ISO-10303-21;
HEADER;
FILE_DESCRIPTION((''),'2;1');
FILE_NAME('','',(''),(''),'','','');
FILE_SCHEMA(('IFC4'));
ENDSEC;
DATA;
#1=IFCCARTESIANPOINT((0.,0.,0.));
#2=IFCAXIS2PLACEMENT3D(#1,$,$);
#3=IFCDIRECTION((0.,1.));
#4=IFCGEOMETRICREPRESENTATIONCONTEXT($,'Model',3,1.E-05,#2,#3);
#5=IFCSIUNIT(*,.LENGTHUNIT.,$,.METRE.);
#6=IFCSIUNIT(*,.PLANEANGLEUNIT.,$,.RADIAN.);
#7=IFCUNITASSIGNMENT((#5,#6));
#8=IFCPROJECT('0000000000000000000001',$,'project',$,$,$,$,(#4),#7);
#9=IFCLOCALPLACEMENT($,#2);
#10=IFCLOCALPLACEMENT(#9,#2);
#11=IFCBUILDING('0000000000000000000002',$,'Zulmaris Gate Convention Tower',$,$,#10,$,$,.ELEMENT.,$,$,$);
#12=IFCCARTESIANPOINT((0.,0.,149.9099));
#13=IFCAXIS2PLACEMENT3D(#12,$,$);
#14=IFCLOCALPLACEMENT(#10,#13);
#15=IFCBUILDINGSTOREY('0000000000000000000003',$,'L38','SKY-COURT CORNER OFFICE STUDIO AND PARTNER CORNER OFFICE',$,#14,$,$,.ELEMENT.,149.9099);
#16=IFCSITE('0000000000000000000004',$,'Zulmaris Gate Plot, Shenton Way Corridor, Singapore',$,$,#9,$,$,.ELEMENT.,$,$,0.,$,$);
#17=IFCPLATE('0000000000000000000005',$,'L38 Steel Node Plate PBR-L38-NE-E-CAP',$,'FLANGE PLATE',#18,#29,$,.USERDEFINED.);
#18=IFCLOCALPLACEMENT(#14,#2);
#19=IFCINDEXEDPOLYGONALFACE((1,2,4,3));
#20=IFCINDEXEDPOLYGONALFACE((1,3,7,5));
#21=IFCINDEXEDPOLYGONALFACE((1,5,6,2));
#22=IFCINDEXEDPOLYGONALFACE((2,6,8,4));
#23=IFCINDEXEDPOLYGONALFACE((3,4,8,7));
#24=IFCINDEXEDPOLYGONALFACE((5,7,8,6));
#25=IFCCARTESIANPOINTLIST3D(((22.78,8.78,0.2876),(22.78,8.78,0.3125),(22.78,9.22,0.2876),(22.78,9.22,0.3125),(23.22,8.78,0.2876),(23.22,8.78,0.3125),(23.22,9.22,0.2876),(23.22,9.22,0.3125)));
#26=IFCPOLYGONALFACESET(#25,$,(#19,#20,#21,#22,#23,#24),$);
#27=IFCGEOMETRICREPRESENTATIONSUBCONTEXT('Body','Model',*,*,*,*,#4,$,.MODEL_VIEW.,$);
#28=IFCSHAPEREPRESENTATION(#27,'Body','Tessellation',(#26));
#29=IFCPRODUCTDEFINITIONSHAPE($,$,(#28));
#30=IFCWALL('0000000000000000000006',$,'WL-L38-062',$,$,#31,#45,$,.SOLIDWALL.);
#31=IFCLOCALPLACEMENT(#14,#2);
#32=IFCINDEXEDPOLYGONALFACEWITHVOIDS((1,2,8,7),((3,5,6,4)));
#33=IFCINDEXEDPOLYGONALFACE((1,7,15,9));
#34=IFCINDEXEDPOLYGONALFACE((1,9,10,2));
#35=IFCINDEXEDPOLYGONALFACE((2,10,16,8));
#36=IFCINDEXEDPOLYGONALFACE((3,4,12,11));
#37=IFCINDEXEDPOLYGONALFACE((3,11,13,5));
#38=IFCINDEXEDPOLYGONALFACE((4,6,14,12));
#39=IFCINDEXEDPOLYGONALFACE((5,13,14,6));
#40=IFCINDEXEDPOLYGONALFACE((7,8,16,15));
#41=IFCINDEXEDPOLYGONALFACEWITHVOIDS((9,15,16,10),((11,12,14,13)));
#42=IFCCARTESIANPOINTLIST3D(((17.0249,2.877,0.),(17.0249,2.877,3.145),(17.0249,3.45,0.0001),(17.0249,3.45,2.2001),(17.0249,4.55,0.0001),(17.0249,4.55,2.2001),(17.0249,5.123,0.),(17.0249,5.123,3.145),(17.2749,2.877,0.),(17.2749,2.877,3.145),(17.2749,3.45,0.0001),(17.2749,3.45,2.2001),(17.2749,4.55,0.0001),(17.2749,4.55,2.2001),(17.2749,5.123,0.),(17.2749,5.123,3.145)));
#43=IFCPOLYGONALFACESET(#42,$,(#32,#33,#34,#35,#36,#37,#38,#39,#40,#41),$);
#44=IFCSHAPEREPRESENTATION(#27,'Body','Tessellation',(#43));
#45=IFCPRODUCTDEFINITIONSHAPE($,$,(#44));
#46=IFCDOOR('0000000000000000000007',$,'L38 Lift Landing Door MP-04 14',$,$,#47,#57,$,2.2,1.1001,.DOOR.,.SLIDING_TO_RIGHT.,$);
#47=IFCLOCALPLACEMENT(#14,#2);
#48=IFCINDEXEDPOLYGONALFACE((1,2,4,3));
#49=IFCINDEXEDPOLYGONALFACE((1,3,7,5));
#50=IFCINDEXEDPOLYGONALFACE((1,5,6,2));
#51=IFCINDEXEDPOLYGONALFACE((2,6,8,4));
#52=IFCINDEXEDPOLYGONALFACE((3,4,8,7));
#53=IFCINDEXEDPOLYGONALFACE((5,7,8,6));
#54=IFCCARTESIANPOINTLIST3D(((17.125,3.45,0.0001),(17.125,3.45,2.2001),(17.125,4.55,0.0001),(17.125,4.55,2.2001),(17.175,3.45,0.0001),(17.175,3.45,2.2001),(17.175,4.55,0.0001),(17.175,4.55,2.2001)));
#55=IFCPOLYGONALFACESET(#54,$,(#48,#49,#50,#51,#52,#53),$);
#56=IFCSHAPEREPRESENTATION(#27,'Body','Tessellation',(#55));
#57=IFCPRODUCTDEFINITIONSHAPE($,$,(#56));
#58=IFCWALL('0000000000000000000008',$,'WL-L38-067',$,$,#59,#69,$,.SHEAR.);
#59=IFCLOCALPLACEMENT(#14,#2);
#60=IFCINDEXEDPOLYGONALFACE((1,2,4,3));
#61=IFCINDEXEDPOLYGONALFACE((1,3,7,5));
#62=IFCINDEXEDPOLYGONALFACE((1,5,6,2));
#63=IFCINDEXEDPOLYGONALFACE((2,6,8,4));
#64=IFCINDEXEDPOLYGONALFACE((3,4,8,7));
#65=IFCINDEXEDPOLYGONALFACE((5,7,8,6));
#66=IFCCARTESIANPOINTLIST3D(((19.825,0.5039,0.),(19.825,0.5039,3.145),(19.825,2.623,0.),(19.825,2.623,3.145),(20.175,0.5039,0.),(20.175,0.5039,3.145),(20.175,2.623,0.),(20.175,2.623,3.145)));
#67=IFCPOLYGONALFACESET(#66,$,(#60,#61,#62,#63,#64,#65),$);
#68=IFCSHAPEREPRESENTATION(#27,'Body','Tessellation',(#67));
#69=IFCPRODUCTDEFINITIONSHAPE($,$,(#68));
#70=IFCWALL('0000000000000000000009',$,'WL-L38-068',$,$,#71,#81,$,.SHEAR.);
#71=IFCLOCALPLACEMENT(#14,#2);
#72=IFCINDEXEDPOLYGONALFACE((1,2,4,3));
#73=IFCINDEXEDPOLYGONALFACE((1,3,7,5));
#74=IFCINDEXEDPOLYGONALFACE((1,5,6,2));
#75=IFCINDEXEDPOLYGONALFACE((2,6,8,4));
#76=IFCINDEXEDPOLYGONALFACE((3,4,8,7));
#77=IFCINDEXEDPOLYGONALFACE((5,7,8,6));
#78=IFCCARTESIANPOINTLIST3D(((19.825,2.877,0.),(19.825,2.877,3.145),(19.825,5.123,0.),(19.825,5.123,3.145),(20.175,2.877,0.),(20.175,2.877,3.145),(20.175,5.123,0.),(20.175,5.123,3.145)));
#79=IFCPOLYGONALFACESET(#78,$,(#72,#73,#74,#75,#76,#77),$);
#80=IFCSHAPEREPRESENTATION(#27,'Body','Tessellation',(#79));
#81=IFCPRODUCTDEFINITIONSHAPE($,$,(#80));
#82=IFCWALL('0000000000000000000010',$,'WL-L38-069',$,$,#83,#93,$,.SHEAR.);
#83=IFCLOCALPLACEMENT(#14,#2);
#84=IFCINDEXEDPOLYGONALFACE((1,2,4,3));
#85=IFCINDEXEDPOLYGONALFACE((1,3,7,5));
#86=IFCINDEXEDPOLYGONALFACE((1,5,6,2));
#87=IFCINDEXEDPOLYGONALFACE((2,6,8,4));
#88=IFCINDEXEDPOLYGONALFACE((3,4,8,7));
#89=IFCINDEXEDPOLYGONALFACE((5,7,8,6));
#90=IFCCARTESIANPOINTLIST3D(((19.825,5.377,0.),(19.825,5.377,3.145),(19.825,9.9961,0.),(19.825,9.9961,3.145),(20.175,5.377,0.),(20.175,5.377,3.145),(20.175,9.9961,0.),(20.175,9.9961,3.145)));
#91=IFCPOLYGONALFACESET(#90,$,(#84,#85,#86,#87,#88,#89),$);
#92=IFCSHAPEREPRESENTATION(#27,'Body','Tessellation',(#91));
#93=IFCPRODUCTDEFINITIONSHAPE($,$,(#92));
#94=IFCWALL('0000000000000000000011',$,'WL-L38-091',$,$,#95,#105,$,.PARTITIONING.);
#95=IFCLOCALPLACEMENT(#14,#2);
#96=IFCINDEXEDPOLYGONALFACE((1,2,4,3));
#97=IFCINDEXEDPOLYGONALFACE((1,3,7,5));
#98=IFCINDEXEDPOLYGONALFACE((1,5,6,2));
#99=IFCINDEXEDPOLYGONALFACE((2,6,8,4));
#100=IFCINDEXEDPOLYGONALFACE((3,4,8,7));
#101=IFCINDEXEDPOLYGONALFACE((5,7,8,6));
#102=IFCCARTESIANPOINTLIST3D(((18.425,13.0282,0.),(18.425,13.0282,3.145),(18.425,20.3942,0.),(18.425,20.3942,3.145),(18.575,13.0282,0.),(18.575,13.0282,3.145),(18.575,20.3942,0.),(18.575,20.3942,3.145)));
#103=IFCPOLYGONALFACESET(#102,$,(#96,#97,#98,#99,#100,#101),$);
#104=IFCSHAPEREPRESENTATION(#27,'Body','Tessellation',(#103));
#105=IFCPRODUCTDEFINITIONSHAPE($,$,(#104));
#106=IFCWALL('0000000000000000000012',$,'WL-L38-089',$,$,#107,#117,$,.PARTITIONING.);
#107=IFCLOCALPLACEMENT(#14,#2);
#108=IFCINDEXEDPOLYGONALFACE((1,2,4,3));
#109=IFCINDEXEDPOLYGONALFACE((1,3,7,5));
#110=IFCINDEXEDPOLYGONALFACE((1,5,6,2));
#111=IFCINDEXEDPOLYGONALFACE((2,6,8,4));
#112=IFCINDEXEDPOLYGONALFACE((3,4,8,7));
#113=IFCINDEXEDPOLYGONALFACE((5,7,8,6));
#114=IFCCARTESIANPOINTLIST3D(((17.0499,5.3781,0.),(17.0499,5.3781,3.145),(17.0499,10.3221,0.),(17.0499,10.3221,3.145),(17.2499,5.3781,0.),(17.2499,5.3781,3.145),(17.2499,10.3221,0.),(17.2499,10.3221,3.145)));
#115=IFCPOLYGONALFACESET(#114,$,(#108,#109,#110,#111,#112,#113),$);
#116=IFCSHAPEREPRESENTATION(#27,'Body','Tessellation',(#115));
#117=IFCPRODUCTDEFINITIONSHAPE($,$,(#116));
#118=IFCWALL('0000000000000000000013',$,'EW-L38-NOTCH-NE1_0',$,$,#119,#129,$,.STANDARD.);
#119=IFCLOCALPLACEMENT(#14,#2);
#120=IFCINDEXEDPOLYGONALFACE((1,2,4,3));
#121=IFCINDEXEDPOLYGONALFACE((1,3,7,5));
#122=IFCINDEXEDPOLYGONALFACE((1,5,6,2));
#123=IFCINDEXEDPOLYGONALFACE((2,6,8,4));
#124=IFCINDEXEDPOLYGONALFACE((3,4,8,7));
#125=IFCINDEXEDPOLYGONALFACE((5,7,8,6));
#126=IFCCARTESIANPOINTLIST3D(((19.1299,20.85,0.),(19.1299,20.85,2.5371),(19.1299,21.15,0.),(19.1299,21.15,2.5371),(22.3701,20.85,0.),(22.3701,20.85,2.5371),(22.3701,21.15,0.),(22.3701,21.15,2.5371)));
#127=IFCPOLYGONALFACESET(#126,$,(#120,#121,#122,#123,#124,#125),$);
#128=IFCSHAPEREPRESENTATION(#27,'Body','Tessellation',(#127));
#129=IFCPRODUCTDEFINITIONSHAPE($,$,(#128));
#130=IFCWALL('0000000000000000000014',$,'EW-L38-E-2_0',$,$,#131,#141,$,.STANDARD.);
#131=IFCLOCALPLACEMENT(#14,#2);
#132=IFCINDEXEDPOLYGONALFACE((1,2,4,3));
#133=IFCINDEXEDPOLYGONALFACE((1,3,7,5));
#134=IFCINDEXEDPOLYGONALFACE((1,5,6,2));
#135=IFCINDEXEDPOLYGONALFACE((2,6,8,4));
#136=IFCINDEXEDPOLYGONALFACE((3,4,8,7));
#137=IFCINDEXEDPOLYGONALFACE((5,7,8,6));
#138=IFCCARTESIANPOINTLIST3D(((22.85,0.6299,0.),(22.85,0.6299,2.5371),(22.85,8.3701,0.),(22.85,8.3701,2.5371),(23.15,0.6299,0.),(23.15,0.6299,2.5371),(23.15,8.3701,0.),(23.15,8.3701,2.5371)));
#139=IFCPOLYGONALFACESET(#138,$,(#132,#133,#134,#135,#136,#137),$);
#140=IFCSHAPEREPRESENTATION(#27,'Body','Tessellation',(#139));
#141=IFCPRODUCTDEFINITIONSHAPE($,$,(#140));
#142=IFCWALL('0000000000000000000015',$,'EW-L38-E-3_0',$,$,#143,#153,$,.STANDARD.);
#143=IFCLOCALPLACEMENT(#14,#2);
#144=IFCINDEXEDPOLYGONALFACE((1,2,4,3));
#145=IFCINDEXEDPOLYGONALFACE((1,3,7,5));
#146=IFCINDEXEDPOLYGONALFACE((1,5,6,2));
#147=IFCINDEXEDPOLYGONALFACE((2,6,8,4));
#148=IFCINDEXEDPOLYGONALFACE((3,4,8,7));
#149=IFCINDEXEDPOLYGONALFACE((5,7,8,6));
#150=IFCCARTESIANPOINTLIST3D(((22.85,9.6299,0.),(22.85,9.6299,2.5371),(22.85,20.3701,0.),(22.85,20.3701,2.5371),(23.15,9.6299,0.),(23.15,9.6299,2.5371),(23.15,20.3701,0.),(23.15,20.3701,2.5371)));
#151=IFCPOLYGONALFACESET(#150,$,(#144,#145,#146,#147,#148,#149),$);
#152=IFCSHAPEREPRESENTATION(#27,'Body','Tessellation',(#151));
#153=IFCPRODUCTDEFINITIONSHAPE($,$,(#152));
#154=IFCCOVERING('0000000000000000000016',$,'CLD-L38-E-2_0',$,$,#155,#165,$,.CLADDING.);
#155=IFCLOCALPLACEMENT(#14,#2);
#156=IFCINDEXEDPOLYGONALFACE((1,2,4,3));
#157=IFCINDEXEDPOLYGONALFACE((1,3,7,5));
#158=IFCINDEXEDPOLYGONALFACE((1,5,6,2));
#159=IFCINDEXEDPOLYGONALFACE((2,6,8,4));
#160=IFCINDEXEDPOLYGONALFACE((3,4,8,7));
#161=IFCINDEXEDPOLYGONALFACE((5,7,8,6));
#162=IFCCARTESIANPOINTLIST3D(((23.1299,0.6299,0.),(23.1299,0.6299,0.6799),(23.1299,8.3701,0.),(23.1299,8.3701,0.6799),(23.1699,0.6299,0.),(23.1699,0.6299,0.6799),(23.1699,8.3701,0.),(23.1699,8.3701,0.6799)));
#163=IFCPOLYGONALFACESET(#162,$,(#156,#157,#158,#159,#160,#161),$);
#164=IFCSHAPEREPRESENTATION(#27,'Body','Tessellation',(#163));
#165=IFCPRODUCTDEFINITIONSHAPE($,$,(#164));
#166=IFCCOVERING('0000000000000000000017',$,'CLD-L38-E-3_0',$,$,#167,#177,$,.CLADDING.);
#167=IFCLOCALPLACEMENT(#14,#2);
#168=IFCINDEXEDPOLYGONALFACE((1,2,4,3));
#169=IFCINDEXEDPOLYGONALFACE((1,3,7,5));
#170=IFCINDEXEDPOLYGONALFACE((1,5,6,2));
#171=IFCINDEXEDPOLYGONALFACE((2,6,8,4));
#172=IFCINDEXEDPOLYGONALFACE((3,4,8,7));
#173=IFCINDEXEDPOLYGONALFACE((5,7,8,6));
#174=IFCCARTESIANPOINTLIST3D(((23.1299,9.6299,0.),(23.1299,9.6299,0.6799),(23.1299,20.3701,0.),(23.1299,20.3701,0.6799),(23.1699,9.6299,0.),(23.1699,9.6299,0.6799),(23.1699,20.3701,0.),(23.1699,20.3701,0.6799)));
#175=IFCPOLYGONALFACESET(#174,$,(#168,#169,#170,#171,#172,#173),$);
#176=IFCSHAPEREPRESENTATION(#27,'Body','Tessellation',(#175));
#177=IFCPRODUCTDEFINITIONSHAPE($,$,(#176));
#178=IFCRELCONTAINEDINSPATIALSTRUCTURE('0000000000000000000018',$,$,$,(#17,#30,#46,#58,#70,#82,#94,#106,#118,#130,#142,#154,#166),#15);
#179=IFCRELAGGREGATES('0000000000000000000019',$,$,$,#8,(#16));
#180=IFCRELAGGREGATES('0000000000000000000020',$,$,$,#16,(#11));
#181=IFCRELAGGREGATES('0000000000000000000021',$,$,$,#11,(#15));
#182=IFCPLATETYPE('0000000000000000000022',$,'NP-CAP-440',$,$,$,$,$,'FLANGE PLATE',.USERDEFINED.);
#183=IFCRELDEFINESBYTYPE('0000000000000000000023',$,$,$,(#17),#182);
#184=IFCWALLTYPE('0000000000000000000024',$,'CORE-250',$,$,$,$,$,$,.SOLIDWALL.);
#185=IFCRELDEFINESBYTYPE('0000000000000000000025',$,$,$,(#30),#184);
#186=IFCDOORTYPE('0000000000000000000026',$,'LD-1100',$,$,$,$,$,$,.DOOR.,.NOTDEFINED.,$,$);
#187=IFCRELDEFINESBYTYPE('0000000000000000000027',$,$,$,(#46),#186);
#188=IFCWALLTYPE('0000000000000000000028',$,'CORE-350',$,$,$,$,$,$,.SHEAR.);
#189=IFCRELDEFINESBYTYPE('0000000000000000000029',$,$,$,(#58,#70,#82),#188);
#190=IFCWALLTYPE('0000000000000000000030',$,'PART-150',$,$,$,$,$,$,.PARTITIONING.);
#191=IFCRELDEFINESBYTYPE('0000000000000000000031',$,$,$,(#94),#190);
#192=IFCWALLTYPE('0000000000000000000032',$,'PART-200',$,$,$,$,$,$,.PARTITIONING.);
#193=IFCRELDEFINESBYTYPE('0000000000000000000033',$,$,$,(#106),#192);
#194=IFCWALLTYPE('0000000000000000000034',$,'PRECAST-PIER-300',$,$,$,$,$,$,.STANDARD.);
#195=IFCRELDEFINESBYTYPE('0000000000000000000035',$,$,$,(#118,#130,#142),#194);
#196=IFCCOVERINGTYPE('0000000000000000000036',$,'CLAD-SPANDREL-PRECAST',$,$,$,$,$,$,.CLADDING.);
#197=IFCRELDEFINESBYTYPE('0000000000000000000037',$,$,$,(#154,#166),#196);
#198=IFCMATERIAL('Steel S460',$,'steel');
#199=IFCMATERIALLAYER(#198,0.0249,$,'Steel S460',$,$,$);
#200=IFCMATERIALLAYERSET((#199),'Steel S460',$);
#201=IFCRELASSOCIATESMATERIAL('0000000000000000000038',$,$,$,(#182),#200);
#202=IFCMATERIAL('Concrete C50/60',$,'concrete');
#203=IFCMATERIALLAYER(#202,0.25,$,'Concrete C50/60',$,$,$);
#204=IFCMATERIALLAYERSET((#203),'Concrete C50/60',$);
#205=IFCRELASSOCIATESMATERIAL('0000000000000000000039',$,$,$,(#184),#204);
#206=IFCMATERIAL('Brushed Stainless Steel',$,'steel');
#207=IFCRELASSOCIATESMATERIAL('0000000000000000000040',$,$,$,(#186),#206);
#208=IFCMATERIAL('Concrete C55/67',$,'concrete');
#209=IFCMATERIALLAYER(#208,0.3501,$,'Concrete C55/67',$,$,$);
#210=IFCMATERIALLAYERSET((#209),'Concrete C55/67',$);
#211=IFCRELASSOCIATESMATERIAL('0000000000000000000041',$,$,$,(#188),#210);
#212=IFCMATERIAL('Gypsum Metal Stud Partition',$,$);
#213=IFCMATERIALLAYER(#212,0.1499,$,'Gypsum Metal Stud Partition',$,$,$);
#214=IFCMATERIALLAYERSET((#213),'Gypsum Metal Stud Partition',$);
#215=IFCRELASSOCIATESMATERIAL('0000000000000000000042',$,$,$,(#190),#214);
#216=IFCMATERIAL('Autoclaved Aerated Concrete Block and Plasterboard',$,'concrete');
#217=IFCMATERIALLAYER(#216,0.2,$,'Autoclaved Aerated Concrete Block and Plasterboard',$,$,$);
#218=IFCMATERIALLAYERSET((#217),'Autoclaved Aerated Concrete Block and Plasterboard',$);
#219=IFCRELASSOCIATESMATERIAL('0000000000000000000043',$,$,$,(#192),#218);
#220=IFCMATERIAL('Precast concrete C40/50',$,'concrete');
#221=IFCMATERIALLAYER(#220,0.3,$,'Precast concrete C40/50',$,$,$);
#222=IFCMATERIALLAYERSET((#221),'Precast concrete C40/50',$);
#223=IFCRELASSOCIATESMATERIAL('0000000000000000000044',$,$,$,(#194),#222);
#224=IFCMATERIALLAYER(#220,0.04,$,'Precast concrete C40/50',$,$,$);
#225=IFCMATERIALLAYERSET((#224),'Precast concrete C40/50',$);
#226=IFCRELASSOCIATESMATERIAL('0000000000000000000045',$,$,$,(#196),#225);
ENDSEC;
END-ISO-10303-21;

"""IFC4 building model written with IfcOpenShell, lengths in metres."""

from ifc_helpers import new_model, si_unit, direction, frame, frame_2d, origin, origin_2d, place, context, subcontext, project, spatial, rectangle, extrude, material, layer, layer_set, type_object, element, fill, save


model = new_model("IFC4")

# Units and contexts
model_context = context("Model", 3, precision=1e-05, world=origin(), true_north=direction((0.0, 1.0)))
body_context = subcontext(model_context, "Body", "Model", "MODEL_VIEW")
ifc_project = project(units=[si_unit("LENGTHUNIT", "METRE"), si_unit("PLANEANGLEUNIT", "RADIAN")], contexts=[model_context])

# Site, building, storey
site_placement = place(None, origin())
site = spatial("IfcSite", under=ifc_project, at=site_placement, Name="Zulmaris Gate Plot, Shenton Way Corridor, Singapore", CompositionType="ELEMENT", RefElevation=0.0)
building_placement = place(site_placement, origin())
building = spatial("IfcBuilding", under=site, at=building_placement, Name="Zulmaris Gate Convention Tower", CompositionType="ELEMENT")
storey_placement = place(building_placement, frame((0.0, 0.0, 149.9099)))
storey = spatial("IfcBuildingStorey", under=building, at=storey_placement, Name="L38", Description="SKY-COURT CORNER OFFICE STUDIO AND PARTNER CORNER OFFICE", CompositionType="ELEMENT", Elevation=149.9099)

# Shared definitions
ifc_material_1 = material(Name="Steel S460", Category="steel")

# Plate
ifc_layer_1 = layer(ifc_material_1, 0.0249, Name="Steel S460")
ifc_layer_set_1 = layer_set([ifc_layer_1], Name="Steel S460")
plate_type = type_object("IfcPlateType", Name="NP-CAP-440", ElementType="FLANGE PLATE", PredefinedType="USERDEFINED", material=ifc_layer_set_1)
plate_placement = place(storey_placement, frame((23.0, 9.0, 0.2876), z_axis=(0.0, 0.0, 1.0), x_axis=(1.0, 0.0, 0.0)))
element("IfcPlate", 1, at=plate_placement, inside=storey, type_object=plate_type, Name="L38 Steel Node Plate PBR-L38-NE-E-CAP", ObjectType="FLANGE PLATE", PredefinedType="USERDEFINED", context=body_context, shape_type="SweptSolid", body=[
    extrude(rectangle(XDim=0.4399, YDim=0.4399, at=origin_2d()), origin(), (0.0, 0.0, 1.0), 0.0249),
])

# Wall, opening, door
ifc_material_2 = material(Name="Concrete C50/60", Category="concrete")
ifc_layer_2 = layer(ifc_material_2, 0.25, Name="Concrete C50/60")
ifc_layer_set_2 = layer_set([ifc_layer_2], Name="Concrete C50/60")
wall_type_1 = type_object("IfcWallType", Name="CORE-250", PredefinedType="SOLIDWALL", material=ifc_layer_set_2)
wall_1_placement = place(storey_placement, frame((17.1499, 2.877, 0.0), z_axis=(0.0, 0.0, 1.0), x_axis=(0.0, 1.0, 0.0)))
wall_1 = element("IfcWall", 2, at=wall_1_placement, inside=storey, type_object=wall_type_1, Name="WL-L38-062", PredefinedType="SOLIDWALL", context=body_context, shape_type="SweptSolid", body=[
    extrude(rectangle(XDim=2.2461, YDim=0.25, at=frame_2d((1.123, 0.0))), origin(), (0.0, 0.0, 1.0), 3.145),
])
opening_1_placement = place(wall_1_placement, frame((0.573, 0.0, 0.0)))
opening_1 = element("IfcOpeningElement", 3, at=opening_1_placement, cuts=wall_1, PredefinedType="OPENING", context=body_context, shape_type="SweptSolid", body=[
    extrude(rectangle(XDim=1.1001, YDim=2.2, at=frame_2d((0.55, 1.1001))), frame((0.0, 0.135, 0.0), z_axis=(0.0, -1.0, 0.0), x_axis=(1.0, 0.0, 0.0)), (0.0, 0.0, 1.0), 0.27),
])
ifc_material_3 = material(Name="Brushed Stainless Steel", Category="steel")
door_type_1 = type_object("IfcDoorType", Name="LD-1100", OperationType="NOTDEFINED", PredefinedType="DOOR", material=ifc_material_3)
door_1_placement = place(opening_1_placement, origin())
door_1 = element("IfcDoor", 4, at=door_1_placement, inside=storey, type_object=door_type_1, Name="L38 Lift Landing Door MP-04 14", OperationType="SLIDING_TO_RIGHT", OverallHeight=2.2, OverallWidth=1.1001, PredefinedType="DOOR", context=body_context, shape_type="SweptSolid", body=[
    extrude(rectangle(XDim=1.1001, YDim=2.2, at=frame_2d((0.55, 1.1001))), frame((0.0, 0.0249, 0.0), z_axis=(0.0, -1.0, 0.0), x_axis=(1.0, 0.0, 0.0)), (0.0, 0.0, 1.0), 0.05),
])
fill(opening_1, door_1)

# Walls
ifc_material_4 = material(Name="Concrete C55/67", Category="concrete")
ifc_layer_3 = layer(ifc_material_4, 0.3501, Name="Concrete C55/67")
ifc_layer_set_3 = layer_set([ifc_layer_3], Name="Concrete C55/67")
wall_type_2 = type_object("IfcWallType", Name="CORE-350", PredefinedType="SHEAR", material=ifc_layer_set_3)
wall_2_placement = place(storey_placement, frame((20.0, 0.5039, 0.0), z_axis=(0.0, 0.0, 1.0), x_axis=(0.0, 1.0, 0.0)))
element("IfcWall", 5, at=wall_2_placement, inside=storey, type_object=wall_type_2, Name="WL-L38-067", PredefinedType="SHEAR", context=body_context, shape_type="SweptSolid", body=[
    extrude(rectangle(XDim=2.1191, YDim=0.3501, at=frame_2d((1.0596, 0.0))), origin(), (0.0, 0.0, 1.0), 3.145),
])
wall_3_placement = place(storey_placement, frame((20.0, 2.877, 0.0), z_axis=(0.0, 0.0, 1.0), x_axis=(0.0, 1.0, 0.0)))
element("IfcWall", 6, at=wall_3_placement, inside=storey, type_object=wall_type_2, Name="WL-L38-068", PredefinedType="SHEAR", context=body_context, shape_type="SweptSolid", body=[
    extrude(rectangle(XDim=2.2461, YDim=0.3501, at=frame_2d((1.123, 0.0))), origin(), (0.0, 0.0, 1.0), 3.145),
])
wall_4_placement = place(storey_placement, frame((20.0, 5.377, 0.0), z_axis=(0.0, 0.0, 1.0), x_axis=(0.0, 1.0, 0.0)))
element("IfcWall", 7, at=wall_4_placement, inside=storey, type_object=wall_type_2, Name="WL-L38-069", PredefinedType="SHEAR", context=body_context, shape_type="SweptSolid", body=[
    extrude(rectangle(XDim=4.6191, YDim=0.3501, at=frame_2d((2.3096, 0.0))), origin(), (0.0, 0.0, 1.0), 3.145),
])

# Shared definitions
ifc_material_5 = material(Name="Gypsum Metal Stud Partition")
ifc_layer_4 = layer(ifc_material_5, 0.1499, Name="Gypsum Metal Stud Partition")
ifc_layer_set_4 = layer_set([ifc_layer_4], Name="Gypsum Metal Stud Partition")
wall_type_3 = type_object("IfcWallType", Name="PART-150", PredefinedType="PARTITIONING", material=ifc_layer_set_4)

# Wall
wall_5_placement = place(storey_placement, frame((18.5, 13.0281, 0.0), z_axis=(0.0, 0.0, 1.0), x_axis=(0.0, 1.0, 0.0)))
element("IfcWall", 8, at=wall_5_placement, inside=storey, type_object=wall_type_3, Name="WL-L38-091", PredefinedType="PARTITIONING", context=body_context, shape_type="SweptSolid", body=[
    extrude(rectangle(XDim=7.366, YDim=0.1499, at=frame_2d((3.6831, 0.0))), origin(), (0.0, 0.0, 1.0), 3.145),
])

# Walls
ifc_material_6 = material(Name="Autoclaved Aerated Concrete Block and Plasterboard", Category="concrete")
ifc_layer_5 = layer(ifc_material_6, 0.2, Name="Autoclaved Aerated Concrete Block and Plasterboard")
ifc_layer_set_5 = layer_set([ifc_layer_5], Name="Autoclaved Aerated Concrete Block and Plasterboard")
wall_type_4 = type_object("IfcWallType", Name="PART-200", PredefinedType="PARTITIONING", material=ifc_layer_set_5)
wall_6_placement = place(storey_placement, frame((17.1499, 5.3779, 0.0), z_axis=(0.0, 0.0, 1.0), x_axis=(0.0, 1.0, 0.0)))
element("IfcWall", 9, at=wall_6_placement, inside=storey, type_object=wall_type_4, Name="WL-L38-089", PredefinedType="PARTITIONING", context=body_context, shape_type="SweptSolid", body=[
    extrude(rectangle(XDim=4.9441, YDim=0.2, at=frame_2d((2.4722, 0.0))), origin(), (0.0, 0.0, 1.0), 3.145),
])
ifc_material_7 = material(Name="Precast concrete C40/50", Category="concrete")
ifc_layer_6 = layer(ifc_material_7, 0.3, Name="Precast concrete C40/50")
ifc_layer_set_6 = layer_set([ifc_layer_6], Name="Precast concrete C40/50")
wall_type_5 = type_object("IfcWallType", Name="PRECAST-PIER-300", PredefinedType="STANDARD", material=ifc_layer_set_6)
wall_7_placement = place(storey_placement, frame((22.3701, 21.0, 0.0), z_axis=(0.0, 0.0, 1.0), x_axis=(-1.0, 0.0, 0.0)))
element("IfcWall", 10, at=wall_7_placement, inside=storey, type_object=wall_type_5, Name="EW-L38-NOTCH-NE1_0", PredefinedType="STANDARD", context=body_context, shape_type="SweptSolid", body=[
    extrude(rectangle(XDim=3.2402, YDim=0.3, at=frame_2d((1.6201, 0.0))), origin(), (0.0, 0.0, 1.0), 2.5371),
])
wall_8_placement = place(storey_placement, frame((23.0, 0.6299, 0.0), z_axis=(0.0, 0.0, 1.0), x_axis=(0.0, 1.0, 0.0)))
element("IfcWall", 11, at=wall_8_placement, inside=storey, type_object=wall_type_5, Name="EW-L38-E-2_0", PredefinedType="STANDARD", context=body_context, shape_type="SweptSolid", body=[
    extrude(rectangle(XDim=7.7402, YDim=0.3, at=frame_2d((3.8701, 0.0))), origin(), (0.0, 0.0, 1.0), 2.5371),
])
wall_9_placement = place(storey_placement, frame((23.0, 9.6299, 0.0), z_axis=(0.0, 0.0, 1.0), x_axis=(0.0, 1.0, 0.0)))
element("IfcWall", 12, at=wall_9_placement, inside=storey, type_object=wall_type_5, Name="EW-L38-E-3_0", PredefinedType="STANDARD", context=body_context, shape_type="SweptSolid", body=[
    extrude(rectangle(XDim=10.7402, YDim=0.3, at=frame_2d((5.3701, 0.0))), origin(), (0.0, 0.0, 1.0), 2.5371),
])

# Coverings
ifc_layer_7 = layer(ifc_material_7, 0.04, Name="Precast concrete C40/50")
ifc_layer_set_7 = layer_set([ifc_layer_7], Name="Precast concrete C40/50")
covering_type = type_object("IfcCoveringType", Name="CLAD-SPANDREL-PRECAST", PredefinedType="CLADDING", material=ifc_layer_set_7)
covering_1_placement = place(storey_placement, frame((23.1499, 0.6299, 0.0), z_axis=(0.0, 0.0, 1.0), x_axis=(0.0, 1.0, 0.0)))
element("IfcCovering", 13, at=covering_1_placement, inside=storey, type_object=covering_type, Name="CLD-L38-E-2_0", PredefinedType="CLADDING", context=body_context, shape_type="SweptSolid", body=[
    extrude(rectangle(XDim=7.7402, YDim=0.04, at=frame_2d((3.8701, 0.0))), origin(), (0.0, 0.0, 1.0), 0.6799),
])
covering_2_placement = place(storey_placement, frame((23.1499, 9.6299, 0.0), z_axis=(0.0, 0.0, 1.0), x_axis=(0.0, 1.0, 0.0)))
element("IfcCovering", 14, at=covering_2_placement, inside=storey, type_object=covering_type, Name="CLD-L38-E-3_0", PredefinedType="CLADDING", context=body_context, shape_type="SweptSolid", body=[
    extrude(rectangle(XDim=10.7402, YDim=0.04, at=frame_2d((5.3701, 0.0))), origin(), (0.0, 0.0, 1.0), 0.6799),
])

save(model, "model.ifc")
